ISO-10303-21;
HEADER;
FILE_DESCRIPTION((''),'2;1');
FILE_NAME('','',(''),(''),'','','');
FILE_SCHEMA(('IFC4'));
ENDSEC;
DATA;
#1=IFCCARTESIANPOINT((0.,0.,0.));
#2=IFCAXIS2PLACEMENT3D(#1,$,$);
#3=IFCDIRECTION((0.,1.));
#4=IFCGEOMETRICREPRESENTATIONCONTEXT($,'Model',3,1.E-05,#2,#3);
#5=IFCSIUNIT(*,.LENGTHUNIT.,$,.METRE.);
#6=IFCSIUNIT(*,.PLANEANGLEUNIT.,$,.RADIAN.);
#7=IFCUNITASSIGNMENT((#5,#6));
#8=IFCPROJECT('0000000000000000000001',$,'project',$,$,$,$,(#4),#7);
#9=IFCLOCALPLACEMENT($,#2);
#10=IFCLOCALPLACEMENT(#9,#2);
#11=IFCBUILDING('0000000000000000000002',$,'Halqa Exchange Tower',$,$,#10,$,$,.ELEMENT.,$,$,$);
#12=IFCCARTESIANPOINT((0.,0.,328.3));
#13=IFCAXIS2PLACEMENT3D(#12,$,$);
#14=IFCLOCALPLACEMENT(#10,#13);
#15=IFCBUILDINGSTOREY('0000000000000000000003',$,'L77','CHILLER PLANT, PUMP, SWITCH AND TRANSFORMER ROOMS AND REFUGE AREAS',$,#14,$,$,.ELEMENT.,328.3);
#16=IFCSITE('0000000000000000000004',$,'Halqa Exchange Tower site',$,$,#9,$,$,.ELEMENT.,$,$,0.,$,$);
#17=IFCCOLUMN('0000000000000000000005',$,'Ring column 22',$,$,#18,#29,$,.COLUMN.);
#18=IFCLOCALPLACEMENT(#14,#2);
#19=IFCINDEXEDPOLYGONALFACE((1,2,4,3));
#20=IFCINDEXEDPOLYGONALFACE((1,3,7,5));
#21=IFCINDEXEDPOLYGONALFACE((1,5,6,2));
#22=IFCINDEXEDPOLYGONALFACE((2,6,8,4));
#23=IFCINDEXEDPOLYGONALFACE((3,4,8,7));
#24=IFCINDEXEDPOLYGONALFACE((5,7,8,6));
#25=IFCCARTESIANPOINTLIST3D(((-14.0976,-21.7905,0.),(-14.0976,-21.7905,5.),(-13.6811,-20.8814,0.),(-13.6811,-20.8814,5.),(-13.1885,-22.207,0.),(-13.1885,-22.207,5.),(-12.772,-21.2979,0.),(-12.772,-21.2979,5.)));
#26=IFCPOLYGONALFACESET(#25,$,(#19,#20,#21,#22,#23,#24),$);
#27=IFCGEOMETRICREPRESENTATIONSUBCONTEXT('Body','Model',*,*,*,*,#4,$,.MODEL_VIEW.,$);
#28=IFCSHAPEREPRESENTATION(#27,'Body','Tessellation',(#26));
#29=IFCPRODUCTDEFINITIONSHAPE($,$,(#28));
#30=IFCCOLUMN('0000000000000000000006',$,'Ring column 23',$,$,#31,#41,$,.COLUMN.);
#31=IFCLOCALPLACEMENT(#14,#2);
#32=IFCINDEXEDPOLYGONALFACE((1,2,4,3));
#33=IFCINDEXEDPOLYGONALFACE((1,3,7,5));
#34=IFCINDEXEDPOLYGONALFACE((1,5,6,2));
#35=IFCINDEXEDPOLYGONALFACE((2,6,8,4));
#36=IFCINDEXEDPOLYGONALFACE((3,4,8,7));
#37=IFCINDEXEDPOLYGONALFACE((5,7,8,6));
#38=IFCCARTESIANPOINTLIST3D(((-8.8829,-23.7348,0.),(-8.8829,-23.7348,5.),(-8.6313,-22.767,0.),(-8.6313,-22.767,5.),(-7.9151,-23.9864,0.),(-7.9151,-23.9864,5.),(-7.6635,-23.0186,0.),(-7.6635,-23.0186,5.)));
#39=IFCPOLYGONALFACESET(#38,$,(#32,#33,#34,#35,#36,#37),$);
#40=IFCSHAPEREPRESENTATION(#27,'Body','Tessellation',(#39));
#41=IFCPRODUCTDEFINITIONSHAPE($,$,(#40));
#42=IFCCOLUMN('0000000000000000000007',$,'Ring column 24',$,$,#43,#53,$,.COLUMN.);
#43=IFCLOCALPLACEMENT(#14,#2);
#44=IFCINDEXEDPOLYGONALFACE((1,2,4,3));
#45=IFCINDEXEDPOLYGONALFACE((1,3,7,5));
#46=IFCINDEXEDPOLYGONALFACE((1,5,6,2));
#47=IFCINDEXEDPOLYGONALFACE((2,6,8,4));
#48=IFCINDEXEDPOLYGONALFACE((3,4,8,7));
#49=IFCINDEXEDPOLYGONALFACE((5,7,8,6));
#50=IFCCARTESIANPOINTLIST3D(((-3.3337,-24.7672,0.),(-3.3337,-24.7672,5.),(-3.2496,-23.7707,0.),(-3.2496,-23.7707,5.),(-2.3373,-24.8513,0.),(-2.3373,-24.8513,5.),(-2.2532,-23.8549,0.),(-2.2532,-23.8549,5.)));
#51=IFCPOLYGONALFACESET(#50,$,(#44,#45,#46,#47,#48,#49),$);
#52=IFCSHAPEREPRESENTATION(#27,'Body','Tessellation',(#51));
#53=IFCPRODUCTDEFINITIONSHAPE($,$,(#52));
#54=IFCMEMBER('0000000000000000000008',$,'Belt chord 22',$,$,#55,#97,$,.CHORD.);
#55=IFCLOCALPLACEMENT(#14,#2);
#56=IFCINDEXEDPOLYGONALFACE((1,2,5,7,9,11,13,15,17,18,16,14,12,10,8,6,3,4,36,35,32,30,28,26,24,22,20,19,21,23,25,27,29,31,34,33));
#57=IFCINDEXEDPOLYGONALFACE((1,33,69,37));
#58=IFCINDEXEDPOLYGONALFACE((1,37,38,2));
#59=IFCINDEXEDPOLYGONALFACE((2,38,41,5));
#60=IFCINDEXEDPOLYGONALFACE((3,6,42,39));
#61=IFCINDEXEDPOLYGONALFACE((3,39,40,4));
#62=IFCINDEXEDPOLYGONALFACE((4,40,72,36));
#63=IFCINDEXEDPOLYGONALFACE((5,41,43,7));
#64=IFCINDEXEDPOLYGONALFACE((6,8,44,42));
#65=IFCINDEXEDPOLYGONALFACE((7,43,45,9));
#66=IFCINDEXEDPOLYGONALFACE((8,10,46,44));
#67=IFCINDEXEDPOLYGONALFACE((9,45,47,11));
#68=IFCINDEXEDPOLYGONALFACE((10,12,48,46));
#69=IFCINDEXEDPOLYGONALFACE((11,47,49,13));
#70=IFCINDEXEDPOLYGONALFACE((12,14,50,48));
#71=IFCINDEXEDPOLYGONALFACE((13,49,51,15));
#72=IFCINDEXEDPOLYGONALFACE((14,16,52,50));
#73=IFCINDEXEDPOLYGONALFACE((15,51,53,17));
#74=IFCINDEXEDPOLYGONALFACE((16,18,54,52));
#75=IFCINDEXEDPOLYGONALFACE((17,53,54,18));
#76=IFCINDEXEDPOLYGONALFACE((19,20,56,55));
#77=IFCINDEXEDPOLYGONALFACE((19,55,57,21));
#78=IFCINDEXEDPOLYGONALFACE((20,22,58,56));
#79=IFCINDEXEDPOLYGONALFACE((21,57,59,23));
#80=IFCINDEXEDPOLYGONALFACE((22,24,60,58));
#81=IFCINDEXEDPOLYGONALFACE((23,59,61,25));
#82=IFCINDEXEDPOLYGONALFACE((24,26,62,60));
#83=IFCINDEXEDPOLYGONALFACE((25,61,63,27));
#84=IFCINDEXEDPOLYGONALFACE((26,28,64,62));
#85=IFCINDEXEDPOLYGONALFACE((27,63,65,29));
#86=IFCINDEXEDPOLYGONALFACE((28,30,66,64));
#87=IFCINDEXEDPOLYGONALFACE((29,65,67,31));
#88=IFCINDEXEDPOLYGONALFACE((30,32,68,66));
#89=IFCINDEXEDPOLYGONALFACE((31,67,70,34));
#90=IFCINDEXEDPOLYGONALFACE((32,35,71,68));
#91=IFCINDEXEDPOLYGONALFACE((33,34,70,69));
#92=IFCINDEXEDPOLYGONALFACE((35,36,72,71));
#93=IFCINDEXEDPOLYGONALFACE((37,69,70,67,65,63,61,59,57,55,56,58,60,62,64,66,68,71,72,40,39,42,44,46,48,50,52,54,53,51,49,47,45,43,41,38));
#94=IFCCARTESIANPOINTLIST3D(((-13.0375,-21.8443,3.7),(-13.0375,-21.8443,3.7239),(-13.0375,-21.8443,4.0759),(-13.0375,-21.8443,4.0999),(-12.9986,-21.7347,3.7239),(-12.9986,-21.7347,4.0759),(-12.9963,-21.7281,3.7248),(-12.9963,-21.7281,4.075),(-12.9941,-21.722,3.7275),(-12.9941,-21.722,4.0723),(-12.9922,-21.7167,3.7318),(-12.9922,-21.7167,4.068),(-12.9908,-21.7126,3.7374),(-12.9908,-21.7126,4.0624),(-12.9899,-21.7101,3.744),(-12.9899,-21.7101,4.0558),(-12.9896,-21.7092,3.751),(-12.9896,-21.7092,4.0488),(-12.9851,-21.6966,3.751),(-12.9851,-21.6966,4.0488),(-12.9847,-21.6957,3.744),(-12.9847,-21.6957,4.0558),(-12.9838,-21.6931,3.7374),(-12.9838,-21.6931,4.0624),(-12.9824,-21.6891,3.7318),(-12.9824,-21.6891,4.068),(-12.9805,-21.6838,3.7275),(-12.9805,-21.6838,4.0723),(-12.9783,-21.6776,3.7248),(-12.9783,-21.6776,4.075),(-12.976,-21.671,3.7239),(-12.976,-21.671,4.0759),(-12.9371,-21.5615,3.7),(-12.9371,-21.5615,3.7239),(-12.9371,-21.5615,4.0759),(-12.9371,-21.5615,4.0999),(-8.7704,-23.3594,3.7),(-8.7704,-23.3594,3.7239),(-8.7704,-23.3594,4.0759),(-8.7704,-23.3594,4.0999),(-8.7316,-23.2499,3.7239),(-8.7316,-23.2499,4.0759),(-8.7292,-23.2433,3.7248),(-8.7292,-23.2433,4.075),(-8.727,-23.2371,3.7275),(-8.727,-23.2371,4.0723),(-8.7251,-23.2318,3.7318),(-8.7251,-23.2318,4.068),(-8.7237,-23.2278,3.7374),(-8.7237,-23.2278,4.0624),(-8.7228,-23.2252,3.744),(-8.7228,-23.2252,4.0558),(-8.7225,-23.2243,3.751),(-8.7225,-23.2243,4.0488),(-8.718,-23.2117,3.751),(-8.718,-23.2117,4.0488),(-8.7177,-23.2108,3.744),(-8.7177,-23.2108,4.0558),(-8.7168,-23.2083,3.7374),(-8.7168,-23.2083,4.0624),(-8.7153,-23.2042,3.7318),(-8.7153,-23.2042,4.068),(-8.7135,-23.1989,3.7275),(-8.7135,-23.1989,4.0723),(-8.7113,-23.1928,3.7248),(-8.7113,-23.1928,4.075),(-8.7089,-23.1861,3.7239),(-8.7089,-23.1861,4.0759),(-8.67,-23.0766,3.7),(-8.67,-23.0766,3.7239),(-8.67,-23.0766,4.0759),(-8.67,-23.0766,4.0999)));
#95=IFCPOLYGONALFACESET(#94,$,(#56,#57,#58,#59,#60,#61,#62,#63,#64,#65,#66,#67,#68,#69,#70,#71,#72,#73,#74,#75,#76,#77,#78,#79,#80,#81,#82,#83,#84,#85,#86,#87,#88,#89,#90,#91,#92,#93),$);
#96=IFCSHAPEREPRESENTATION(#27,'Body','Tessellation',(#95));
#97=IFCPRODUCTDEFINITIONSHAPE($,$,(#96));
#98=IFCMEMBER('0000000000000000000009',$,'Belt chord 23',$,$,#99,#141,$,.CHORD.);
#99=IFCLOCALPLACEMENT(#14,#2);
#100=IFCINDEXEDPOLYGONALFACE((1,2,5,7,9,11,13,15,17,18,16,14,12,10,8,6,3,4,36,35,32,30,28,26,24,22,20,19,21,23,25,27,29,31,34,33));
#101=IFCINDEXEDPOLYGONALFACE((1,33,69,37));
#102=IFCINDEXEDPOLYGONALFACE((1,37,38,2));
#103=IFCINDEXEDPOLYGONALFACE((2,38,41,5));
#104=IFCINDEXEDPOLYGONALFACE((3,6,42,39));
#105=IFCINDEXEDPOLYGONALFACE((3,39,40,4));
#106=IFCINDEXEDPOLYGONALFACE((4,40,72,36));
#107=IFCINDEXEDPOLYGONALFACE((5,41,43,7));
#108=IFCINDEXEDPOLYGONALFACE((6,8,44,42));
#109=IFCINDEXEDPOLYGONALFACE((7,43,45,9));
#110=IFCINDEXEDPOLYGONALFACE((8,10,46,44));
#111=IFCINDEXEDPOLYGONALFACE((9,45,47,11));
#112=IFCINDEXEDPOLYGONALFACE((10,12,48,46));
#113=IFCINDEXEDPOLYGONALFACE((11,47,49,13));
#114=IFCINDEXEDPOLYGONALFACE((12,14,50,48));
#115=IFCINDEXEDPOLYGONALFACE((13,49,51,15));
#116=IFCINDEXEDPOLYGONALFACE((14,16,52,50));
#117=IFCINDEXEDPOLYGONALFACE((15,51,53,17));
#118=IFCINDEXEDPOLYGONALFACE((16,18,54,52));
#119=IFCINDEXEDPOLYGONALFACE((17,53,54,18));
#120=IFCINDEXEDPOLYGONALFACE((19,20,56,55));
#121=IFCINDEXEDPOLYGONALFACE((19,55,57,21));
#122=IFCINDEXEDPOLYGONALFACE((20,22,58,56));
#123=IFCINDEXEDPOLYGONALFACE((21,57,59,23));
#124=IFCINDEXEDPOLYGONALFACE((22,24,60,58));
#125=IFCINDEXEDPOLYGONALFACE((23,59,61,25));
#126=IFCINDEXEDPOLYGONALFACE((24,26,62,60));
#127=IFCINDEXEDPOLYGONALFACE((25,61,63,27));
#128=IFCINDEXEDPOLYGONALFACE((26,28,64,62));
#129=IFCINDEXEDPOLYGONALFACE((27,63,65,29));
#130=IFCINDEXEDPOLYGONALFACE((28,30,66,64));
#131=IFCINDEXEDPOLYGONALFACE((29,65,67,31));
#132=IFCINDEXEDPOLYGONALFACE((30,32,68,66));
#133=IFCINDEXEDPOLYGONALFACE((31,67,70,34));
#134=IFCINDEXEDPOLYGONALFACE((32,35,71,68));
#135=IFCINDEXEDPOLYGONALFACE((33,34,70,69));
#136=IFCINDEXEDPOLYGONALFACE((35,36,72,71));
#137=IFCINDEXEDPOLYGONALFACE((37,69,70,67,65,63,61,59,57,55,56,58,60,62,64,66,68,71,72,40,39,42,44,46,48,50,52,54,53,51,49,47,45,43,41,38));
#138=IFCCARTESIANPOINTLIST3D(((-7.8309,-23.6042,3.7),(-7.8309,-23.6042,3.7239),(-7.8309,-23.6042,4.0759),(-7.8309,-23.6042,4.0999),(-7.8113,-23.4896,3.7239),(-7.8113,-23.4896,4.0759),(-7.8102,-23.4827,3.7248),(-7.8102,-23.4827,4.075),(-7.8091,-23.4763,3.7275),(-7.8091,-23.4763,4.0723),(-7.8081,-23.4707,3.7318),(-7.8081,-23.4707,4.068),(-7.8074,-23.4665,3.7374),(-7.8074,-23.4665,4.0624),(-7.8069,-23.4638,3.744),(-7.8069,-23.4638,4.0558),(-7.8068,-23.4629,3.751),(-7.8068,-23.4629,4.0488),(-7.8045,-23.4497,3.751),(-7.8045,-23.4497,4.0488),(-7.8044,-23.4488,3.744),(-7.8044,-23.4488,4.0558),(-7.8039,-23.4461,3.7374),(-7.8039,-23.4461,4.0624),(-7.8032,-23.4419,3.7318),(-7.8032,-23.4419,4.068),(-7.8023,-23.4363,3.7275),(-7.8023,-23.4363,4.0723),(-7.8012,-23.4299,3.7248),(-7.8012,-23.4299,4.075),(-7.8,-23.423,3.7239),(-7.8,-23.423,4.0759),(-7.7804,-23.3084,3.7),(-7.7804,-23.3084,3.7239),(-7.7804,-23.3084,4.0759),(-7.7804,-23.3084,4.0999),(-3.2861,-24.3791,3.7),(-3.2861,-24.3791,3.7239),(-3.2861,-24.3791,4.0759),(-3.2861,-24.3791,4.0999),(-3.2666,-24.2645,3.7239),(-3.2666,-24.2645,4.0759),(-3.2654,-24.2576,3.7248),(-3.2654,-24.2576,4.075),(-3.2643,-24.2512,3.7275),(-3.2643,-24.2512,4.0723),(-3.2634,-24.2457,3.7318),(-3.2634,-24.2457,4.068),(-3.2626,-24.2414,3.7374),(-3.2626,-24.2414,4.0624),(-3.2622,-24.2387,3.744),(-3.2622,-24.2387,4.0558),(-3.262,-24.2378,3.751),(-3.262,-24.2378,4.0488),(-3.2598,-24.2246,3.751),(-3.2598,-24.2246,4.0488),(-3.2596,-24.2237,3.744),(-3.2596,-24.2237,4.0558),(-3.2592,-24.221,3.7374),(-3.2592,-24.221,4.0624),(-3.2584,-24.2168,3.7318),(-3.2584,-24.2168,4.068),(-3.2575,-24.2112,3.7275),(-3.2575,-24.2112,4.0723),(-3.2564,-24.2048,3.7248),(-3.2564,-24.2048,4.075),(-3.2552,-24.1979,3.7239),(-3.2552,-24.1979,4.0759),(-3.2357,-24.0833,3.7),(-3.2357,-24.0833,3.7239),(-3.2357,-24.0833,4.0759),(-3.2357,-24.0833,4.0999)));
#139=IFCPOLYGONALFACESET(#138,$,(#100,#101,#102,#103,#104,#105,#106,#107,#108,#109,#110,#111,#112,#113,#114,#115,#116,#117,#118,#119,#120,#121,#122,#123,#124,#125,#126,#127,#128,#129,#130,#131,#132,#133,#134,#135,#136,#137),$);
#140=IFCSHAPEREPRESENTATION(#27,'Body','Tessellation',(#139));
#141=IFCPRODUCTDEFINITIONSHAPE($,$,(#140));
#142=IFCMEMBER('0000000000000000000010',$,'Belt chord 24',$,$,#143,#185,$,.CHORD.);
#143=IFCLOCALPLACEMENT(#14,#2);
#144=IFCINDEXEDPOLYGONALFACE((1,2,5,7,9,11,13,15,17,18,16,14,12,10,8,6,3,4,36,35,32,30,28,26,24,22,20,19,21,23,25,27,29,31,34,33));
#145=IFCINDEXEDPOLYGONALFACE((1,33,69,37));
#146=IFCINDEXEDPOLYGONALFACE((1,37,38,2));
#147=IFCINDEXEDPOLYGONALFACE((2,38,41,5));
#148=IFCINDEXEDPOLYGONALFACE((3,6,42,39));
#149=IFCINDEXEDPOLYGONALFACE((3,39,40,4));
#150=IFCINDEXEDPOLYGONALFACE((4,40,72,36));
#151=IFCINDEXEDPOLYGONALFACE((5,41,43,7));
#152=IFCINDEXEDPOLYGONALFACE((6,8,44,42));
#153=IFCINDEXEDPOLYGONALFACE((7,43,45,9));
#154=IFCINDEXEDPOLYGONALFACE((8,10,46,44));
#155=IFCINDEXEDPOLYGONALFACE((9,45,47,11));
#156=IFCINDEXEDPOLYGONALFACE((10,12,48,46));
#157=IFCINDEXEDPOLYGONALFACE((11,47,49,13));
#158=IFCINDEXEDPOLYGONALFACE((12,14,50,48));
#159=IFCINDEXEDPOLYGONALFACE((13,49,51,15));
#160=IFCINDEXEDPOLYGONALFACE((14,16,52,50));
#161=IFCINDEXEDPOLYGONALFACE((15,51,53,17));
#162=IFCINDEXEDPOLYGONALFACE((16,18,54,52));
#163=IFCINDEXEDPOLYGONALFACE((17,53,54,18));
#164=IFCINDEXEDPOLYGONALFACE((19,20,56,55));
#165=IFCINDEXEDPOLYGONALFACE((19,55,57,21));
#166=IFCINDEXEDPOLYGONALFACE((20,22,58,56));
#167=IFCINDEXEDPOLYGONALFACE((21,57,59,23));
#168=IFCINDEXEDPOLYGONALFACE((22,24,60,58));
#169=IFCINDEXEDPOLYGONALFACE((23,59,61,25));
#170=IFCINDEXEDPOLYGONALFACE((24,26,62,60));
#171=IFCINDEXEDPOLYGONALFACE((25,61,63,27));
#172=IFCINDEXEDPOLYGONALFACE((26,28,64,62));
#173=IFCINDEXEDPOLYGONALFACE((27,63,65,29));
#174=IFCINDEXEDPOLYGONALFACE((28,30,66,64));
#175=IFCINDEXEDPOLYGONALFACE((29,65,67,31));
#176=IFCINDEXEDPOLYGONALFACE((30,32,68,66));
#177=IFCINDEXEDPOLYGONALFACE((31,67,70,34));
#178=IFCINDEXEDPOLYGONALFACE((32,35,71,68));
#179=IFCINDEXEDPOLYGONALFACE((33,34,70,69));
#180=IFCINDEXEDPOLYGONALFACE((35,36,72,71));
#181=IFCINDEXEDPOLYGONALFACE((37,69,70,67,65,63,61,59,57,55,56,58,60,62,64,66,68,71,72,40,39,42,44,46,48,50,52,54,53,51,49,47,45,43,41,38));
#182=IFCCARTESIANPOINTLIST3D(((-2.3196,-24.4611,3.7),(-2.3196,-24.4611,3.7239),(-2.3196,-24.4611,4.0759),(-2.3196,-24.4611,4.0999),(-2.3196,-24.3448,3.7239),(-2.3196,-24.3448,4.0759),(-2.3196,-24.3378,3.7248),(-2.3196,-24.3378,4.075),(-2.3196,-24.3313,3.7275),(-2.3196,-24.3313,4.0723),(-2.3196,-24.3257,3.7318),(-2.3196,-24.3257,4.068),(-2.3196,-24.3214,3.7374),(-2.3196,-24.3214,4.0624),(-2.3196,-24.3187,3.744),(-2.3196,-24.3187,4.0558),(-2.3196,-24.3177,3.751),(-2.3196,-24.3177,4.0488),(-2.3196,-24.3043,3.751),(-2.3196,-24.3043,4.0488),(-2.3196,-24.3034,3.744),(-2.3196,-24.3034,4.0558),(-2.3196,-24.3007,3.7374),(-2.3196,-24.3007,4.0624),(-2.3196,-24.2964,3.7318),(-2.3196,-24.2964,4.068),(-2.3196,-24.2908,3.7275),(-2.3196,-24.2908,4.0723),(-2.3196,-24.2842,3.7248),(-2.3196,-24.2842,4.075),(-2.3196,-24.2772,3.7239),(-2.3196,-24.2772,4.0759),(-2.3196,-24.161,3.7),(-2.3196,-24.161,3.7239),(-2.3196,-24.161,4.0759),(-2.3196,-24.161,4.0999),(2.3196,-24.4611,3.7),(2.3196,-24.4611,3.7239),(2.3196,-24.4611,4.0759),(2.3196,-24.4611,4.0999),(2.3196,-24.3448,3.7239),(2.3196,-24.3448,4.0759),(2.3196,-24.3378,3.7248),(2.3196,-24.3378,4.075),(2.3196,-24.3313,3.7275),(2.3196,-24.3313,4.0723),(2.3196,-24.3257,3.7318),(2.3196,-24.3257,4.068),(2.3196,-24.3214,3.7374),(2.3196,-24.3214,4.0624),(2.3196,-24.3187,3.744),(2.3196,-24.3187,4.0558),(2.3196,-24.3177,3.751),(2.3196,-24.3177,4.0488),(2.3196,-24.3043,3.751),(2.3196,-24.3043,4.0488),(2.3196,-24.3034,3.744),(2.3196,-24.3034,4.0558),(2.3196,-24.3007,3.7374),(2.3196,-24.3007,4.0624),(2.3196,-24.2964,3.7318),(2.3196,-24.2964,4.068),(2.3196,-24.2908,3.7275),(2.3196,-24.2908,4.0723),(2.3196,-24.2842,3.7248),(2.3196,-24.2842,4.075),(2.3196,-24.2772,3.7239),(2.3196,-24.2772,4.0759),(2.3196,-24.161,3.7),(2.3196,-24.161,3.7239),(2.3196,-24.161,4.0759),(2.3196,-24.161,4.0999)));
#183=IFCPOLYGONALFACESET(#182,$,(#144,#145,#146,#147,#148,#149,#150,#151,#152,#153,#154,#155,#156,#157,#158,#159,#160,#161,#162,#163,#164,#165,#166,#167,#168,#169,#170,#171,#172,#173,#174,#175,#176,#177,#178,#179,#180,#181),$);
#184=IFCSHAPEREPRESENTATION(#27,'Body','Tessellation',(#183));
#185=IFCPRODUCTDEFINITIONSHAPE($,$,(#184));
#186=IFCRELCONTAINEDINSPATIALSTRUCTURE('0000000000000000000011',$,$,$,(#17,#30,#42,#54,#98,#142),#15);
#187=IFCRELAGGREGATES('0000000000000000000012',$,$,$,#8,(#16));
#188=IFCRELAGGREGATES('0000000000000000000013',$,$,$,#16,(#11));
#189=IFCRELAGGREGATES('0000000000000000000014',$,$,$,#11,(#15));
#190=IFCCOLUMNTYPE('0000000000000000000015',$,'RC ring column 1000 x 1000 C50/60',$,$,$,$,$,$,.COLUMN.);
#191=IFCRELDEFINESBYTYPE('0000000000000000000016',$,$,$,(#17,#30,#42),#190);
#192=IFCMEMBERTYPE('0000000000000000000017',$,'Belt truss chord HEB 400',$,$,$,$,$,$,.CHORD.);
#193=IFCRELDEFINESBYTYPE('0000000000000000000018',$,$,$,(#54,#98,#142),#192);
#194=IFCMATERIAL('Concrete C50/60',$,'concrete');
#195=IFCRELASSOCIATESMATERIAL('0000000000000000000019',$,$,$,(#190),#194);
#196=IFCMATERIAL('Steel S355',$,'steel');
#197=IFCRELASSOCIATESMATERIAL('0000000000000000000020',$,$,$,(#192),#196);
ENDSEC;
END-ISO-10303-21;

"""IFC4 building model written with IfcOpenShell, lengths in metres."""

from ifc_helpers import new_model, si_unit, direction, frame, origin, origin_2d, place, context, subcontext, project, spatial, rectangle, i_section, extrude, material, material_profile, profile_set, type_object, element, save


model = new_model("IFC4")

# Units and contexts
model_context = context("Model", 3, precision=1e-05, world=origin(), true_north=direction((0.0, 1.0)))
body_context = subcontext(model_context, "Body", "Model", "MODEL_VIEW")
ifc_project = project(units=[si_unit("LENGTHUNIT", "METRE"), si_unit("PLANEANGLEUNIT", "RADIAN")], contexts=[model_context])

# Site, building, storey
site_placement = place(None, origin())
site = spatial("IfcSite", under=ifc_project, at=site_placement, Name="Halqa Exchange Tower site", CompositionType="ELEMENT", RefElevation=0.0)
building_placement = place(site_placement, origin())
building = spatial("IfcBuilding", under=site, at=building_placement, Name="Halqa Exchange Tower", CompositionType="ELEMENT")
storey_placement = place(building_placement, frame((0.0, 0.0, 328.3)))
storey = spatial("IfcBuildingStorey", under=building, at=storey_placement, Name="L77", Description="CHILLER PLANT, PUMP, SWITCH AND TRANSFORMER ROOMS AND REFUGE AREAS", CompositionType="ELEMENT", Elevation=328.3)

# Columns
ifc_material_1 = material(Name="Concrete C50/60", Category="concrete")
ifc_material_profile_1 = material_profile(ifc_material_1, rectangle(XDim=1.0, YDim=1.0, at=origin_2d()), Name="1000 x 1000")
ifc_profile_set_1 = profile_set([ifc_material_profile_1], Name="Concrete C50/60")
column_type = type_object("IfcColumnType", Name="RC ring column 1000 x 1000 C50/60", PredefinedType="COLUMN", material=ifc_profile_set_1)
for number, where, z_axis, x_axis, name in (
    (1, (-13.4348, -21.5442, 0.0), (0.0, 0.0, 1.0), (0.909129, -0.416516, 0.0), "Ring column 22"),
    (2, (-8.2732, -23.3767, 0.0), (0.0, 0.0, 1.0), (0.967819, -0.251647, 0.0), "Ring column 23"),
    (3, (-2.7935, -24.311, 0.0), (0.0, 0.0, 1.0), (0.996455, -0.084127, 0.0), "Ring column 24"),
):
    element("IfcColumn", number, at=place(storey_placement, frame(where, z_axis=z_axis, x_axis=x_axis)), inside=storey, type_object=column_type, Name=name, PredefinedType="COLUMN", context=body_context, shape_type="SweptSolid", body=[
        extrude(rectangle(XDim=1.0, YDim=1.0, at=origin_2d()), origin(), (0.0, 0.0, 1.0), 5.0),
    ])

# Members
ifc_material_2 = material(Name="Steel S355", Category="steel")
ifc_material_profile_2 = material_profile(ifc_material_2, i_section(OverallWidth=0.3, OverallDepth=0.3999, WebThickness=0.0134, FlangeThickness=0.0239, FilletRadius=0.0271, at=origin_2d()), Name="HEB 400")
ifc_profile_set_2 = profile_set([ifc_material_profile_2], Name="Steel S355")
member_type_1 = type_object("IfcMemberType", Name="Belt truss chord HEB 400", PredefinedType="CHORD", material=ifc_profile_set_2)
member_1_placement = place(storey_placement, frame((-12.9873, -21.7029, 3.8999), z_axis=(0.942358, -0.334608, 0.0), x_axis=(0.334608, 0.942358, 0.0)))
element("IfcMember", 4, at=member_1_placement, inside=storey, type_object=member_type_1, Name="Belt chord 22", PredefinedType="CHORD", context=body_context, shape_type="SweptSolid", body=[
    extrude(i_section(OverallWidth=0.3, OverallDepth=0.3999, WebThickness=0.0134, FlangeThickness=0.0239, FilletRadius=0.0271, at=origin_2d()), origin(), (0.0, 0.0, 1.0), 4.5281),
])
member_2_placement = place(storey_placement, frame((-7.8057, -23.4563, 3.8999), z_axis=(0.985773, -0.168082, 0.0), x_axis=(0.168082, 0.985773, 0.0)))
element("IfcMember", 5, at=member_2_placement, inside=storey, type_object=member_type_1, Name="Belt chord 23", PredefinedType="CHORD", context=body_context, shape_type="SweptSolid", body=[
    extrude(i_section(OverallWidth=0.3, OverallDepth=0.3999, WebThickness=0.0134, FlangeThickness=0.0239, FilletRadius=0.0271, at=origin_2d()), origin(), (0.0, 0.0, 1.0), 4.6104),
])
member_3_placement = place(storey_placement, frame((-2.3196, -24.311, 3.8999), z_axis=(1.0, 0.0, 0.0), x_axis=(0.0, 1.0, 0.0)))
element("IfcMember", 6, at=member_3_placement, inside=storey, type_object=member_type_1, Name="Belt chord 24", PredefinedType="CHORD", context=body_context, shape_type="SweptSolid", body=[
    extrude(i_section(OverallWidth=0.3, OverallDepth=0.3999, WebThickness=0.0134, FlangeThickness=0.0239, FilletRadius=0.0271, at=origin_2d()), origin(), (0.0, 0.0, 1.0), 4.6392),
])

save(model, "model.ifc")
